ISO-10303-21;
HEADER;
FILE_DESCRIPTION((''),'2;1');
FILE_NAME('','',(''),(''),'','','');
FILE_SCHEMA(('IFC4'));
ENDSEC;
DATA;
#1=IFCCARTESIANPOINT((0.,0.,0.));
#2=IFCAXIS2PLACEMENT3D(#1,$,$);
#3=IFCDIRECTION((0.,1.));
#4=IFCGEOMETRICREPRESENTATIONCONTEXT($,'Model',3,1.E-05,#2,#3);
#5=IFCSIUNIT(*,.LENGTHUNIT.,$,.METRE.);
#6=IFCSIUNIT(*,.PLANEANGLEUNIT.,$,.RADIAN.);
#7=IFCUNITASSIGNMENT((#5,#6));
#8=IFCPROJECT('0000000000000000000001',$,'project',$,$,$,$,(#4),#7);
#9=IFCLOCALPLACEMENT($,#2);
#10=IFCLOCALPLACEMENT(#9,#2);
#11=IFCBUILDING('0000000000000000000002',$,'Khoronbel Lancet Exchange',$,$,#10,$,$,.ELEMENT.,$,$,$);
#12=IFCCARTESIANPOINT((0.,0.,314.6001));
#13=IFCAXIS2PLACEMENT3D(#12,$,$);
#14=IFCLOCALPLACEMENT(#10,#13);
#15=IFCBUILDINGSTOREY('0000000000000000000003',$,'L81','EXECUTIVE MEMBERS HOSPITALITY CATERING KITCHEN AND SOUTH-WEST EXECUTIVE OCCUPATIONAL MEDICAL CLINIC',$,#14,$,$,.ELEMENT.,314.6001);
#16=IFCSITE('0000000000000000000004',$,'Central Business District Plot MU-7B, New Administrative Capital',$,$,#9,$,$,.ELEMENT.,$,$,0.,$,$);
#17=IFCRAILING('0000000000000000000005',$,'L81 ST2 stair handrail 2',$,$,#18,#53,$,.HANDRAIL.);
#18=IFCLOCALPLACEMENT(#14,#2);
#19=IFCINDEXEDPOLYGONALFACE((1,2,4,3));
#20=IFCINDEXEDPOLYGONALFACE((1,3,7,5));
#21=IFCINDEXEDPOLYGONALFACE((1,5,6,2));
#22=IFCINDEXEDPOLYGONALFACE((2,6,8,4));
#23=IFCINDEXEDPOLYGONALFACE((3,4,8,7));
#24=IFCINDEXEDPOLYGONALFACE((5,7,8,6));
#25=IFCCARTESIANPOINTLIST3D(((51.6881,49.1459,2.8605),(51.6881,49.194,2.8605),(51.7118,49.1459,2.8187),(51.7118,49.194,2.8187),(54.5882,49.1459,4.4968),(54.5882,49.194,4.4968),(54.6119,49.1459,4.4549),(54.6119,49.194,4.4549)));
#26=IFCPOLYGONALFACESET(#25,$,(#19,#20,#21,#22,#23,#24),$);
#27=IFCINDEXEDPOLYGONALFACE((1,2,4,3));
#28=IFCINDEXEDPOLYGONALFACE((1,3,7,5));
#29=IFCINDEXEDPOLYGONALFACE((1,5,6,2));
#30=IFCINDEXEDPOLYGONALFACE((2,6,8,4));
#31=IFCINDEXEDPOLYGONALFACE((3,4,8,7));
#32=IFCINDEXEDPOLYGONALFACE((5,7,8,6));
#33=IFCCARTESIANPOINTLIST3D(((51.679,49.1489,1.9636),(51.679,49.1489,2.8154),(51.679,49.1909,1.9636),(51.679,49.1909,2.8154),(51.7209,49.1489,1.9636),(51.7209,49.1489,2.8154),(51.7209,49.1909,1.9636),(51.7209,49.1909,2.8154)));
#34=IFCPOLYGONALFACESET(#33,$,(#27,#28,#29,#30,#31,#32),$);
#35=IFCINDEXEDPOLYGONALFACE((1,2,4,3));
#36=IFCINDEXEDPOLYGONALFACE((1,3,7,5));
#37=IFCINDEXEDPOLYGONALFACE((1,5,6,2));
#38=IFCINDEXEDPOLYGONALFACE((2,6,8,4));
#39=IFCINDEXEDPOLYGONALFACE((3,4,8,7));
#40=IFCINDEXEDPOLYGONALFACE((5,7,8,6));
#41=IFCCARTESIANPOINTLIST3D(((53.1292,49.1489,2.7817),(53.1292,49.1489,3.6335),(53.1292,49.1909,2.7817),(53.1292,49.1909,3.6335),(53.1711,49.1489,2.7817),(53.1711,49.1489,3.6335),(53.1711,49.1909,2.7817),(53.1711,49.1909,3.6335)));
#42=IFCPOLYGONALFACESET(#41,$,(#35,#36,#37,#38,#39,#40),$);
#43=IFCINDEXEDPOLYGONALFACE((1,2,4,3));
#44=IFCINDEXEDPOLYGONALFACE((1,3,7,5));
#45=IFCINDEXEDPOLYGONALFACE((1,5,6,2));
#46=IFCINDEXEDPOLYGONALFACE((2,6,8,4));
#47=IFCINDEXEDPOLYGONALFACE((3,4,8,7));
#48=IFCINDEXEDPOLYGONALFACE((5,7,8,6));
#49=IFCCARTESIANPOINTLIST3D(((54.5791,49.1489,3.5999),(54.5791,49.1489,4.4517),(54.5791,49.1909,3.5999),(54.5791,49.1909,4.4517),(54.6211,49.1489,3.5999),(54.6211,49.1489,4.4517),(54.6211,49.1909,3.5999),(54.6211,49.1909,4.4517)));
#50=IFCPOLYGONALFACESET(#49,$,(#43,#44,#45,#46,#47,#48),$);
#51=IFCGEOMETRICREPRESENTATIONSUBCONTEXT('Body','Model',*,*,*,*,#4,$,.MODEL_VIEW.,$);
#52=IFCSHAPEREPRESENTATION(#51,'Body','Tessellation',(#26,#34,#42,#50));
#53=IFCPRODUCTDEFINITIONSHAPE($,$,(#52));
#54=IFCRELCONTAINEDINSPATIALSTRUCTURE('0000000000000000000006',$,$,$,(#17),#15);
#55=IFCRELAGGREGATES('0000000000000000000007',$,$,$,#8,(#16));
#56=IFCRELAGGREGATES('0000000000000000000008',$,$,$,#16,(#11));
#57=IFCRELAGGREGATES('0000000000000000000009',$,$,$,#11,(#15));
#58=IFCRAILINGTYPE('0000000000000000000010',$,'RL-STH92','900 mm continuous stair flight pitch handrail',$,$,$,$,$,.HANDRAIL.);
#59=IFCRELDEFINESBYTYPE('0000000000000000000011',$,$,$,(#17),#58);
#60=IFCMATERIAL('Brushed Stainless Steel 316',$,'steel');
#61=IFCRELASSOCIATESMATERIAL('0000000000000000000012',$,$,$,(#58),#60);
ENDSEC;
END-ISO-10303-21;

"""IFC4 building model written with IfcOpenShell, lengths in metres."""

from ifc_helpers import new_model, si_unit, direction, frame, origin, origin_2d, place, context, subcontext, project, spatial, rectangle, extrude, material, type_object, element, save


model = new_model("IFC4")

# Units and contexts
model_context = context("Model", 3, precision=1e-05, world=origin(), true_north=direction((0.0, 1.0)))
body_context = subcontext(model_context, "Body", "Model", "MODEL_VIEW")
ifc_project = project(units=[si_unit("LENGTHUNIT", "METRE"), si_unit("PLANEANGLEUNIT", "RADIAN")], contexts=[model_context])

# Site, building, storey
site_placement = place(None, origin())
site = spatial("IfcSite", under=ifc_project, at=site_placement, Name="Central Business District Plot MU-7B, New Administrative Capital", CompositionType="ELEMENT", RefElevation=0.0)
building_placement = place(site_placement, origin())
building = spatial("IfcBuilding", under=site, at=building_placement, Name="Khoronbel Lancet Exchange", CompositionType="ELEMENT")
storey_placement = place(building_placement, frame((0.0, 0.0, 314.6001)))
storey = spatial("IfcBuildingStorey", under=building, at=storey_placement, Name="L81", Description="EXECUTIVE MEMBERS HOSPITALITY CATERING KITCHEN AND SOUTH-WEST EXECUTIVE OCCUPATIONAL MEDICAL CLINIC", CompositionType="ELEMENT", Elevation=314.6001)

# Railing
ifc_material_1 = material(Name="Brushed Stainless Steel 316", Category="steel")
railing_type_1 = type_object("IfcRailingType", Name="RL-STH92", Description="900 mm continuous stair flight pitch handrail", PredefinedType="HANDRAIL", material=ifc_material_1)
railing_1_placement = place(storey_placement, frame((51.7, 49.1699, 1.9636)))
element("IfcRailing", 1, at=railing_1_placement, inside=storey, type_object=railing_type_1, Name="L81 ST2 stair handrail 2", PredefinedType="HANDRAIL", context=body_context, shape_type="SweptSolid", body=[
    extrude(rectangle(XDim=0.0481, YDim=0.0481, at=origin_2d()), frame((0.0, 0.0, 0.876), z_axis=(0.870946, 0.0, 0.491378), x_axis=(0.0, 1.0, 0.0)), (0.0, 0.0, 1.0), 3.3298),
    extrude(rectangle(XDim=0.042, YDim=0.042, at=origin_2d()), origin(), (0.0, 0.0, 1.0), 0.8518),
    extrude(rectangle(XDim=0.042, YDim=0.042, at=origin_2d()), frame((1.4502, 0.0, 0.8181)), (0.0, 0.0, 1.0), 0.8518),
    extrude(rectangle(XDim=0.042, YDim=0.042, at=origin_2d()), frame((2.9001, 0.0, 1.6362)), (0.0, 0.0, 1.0), 0.8518),
])

save(model, "model.ifc")
